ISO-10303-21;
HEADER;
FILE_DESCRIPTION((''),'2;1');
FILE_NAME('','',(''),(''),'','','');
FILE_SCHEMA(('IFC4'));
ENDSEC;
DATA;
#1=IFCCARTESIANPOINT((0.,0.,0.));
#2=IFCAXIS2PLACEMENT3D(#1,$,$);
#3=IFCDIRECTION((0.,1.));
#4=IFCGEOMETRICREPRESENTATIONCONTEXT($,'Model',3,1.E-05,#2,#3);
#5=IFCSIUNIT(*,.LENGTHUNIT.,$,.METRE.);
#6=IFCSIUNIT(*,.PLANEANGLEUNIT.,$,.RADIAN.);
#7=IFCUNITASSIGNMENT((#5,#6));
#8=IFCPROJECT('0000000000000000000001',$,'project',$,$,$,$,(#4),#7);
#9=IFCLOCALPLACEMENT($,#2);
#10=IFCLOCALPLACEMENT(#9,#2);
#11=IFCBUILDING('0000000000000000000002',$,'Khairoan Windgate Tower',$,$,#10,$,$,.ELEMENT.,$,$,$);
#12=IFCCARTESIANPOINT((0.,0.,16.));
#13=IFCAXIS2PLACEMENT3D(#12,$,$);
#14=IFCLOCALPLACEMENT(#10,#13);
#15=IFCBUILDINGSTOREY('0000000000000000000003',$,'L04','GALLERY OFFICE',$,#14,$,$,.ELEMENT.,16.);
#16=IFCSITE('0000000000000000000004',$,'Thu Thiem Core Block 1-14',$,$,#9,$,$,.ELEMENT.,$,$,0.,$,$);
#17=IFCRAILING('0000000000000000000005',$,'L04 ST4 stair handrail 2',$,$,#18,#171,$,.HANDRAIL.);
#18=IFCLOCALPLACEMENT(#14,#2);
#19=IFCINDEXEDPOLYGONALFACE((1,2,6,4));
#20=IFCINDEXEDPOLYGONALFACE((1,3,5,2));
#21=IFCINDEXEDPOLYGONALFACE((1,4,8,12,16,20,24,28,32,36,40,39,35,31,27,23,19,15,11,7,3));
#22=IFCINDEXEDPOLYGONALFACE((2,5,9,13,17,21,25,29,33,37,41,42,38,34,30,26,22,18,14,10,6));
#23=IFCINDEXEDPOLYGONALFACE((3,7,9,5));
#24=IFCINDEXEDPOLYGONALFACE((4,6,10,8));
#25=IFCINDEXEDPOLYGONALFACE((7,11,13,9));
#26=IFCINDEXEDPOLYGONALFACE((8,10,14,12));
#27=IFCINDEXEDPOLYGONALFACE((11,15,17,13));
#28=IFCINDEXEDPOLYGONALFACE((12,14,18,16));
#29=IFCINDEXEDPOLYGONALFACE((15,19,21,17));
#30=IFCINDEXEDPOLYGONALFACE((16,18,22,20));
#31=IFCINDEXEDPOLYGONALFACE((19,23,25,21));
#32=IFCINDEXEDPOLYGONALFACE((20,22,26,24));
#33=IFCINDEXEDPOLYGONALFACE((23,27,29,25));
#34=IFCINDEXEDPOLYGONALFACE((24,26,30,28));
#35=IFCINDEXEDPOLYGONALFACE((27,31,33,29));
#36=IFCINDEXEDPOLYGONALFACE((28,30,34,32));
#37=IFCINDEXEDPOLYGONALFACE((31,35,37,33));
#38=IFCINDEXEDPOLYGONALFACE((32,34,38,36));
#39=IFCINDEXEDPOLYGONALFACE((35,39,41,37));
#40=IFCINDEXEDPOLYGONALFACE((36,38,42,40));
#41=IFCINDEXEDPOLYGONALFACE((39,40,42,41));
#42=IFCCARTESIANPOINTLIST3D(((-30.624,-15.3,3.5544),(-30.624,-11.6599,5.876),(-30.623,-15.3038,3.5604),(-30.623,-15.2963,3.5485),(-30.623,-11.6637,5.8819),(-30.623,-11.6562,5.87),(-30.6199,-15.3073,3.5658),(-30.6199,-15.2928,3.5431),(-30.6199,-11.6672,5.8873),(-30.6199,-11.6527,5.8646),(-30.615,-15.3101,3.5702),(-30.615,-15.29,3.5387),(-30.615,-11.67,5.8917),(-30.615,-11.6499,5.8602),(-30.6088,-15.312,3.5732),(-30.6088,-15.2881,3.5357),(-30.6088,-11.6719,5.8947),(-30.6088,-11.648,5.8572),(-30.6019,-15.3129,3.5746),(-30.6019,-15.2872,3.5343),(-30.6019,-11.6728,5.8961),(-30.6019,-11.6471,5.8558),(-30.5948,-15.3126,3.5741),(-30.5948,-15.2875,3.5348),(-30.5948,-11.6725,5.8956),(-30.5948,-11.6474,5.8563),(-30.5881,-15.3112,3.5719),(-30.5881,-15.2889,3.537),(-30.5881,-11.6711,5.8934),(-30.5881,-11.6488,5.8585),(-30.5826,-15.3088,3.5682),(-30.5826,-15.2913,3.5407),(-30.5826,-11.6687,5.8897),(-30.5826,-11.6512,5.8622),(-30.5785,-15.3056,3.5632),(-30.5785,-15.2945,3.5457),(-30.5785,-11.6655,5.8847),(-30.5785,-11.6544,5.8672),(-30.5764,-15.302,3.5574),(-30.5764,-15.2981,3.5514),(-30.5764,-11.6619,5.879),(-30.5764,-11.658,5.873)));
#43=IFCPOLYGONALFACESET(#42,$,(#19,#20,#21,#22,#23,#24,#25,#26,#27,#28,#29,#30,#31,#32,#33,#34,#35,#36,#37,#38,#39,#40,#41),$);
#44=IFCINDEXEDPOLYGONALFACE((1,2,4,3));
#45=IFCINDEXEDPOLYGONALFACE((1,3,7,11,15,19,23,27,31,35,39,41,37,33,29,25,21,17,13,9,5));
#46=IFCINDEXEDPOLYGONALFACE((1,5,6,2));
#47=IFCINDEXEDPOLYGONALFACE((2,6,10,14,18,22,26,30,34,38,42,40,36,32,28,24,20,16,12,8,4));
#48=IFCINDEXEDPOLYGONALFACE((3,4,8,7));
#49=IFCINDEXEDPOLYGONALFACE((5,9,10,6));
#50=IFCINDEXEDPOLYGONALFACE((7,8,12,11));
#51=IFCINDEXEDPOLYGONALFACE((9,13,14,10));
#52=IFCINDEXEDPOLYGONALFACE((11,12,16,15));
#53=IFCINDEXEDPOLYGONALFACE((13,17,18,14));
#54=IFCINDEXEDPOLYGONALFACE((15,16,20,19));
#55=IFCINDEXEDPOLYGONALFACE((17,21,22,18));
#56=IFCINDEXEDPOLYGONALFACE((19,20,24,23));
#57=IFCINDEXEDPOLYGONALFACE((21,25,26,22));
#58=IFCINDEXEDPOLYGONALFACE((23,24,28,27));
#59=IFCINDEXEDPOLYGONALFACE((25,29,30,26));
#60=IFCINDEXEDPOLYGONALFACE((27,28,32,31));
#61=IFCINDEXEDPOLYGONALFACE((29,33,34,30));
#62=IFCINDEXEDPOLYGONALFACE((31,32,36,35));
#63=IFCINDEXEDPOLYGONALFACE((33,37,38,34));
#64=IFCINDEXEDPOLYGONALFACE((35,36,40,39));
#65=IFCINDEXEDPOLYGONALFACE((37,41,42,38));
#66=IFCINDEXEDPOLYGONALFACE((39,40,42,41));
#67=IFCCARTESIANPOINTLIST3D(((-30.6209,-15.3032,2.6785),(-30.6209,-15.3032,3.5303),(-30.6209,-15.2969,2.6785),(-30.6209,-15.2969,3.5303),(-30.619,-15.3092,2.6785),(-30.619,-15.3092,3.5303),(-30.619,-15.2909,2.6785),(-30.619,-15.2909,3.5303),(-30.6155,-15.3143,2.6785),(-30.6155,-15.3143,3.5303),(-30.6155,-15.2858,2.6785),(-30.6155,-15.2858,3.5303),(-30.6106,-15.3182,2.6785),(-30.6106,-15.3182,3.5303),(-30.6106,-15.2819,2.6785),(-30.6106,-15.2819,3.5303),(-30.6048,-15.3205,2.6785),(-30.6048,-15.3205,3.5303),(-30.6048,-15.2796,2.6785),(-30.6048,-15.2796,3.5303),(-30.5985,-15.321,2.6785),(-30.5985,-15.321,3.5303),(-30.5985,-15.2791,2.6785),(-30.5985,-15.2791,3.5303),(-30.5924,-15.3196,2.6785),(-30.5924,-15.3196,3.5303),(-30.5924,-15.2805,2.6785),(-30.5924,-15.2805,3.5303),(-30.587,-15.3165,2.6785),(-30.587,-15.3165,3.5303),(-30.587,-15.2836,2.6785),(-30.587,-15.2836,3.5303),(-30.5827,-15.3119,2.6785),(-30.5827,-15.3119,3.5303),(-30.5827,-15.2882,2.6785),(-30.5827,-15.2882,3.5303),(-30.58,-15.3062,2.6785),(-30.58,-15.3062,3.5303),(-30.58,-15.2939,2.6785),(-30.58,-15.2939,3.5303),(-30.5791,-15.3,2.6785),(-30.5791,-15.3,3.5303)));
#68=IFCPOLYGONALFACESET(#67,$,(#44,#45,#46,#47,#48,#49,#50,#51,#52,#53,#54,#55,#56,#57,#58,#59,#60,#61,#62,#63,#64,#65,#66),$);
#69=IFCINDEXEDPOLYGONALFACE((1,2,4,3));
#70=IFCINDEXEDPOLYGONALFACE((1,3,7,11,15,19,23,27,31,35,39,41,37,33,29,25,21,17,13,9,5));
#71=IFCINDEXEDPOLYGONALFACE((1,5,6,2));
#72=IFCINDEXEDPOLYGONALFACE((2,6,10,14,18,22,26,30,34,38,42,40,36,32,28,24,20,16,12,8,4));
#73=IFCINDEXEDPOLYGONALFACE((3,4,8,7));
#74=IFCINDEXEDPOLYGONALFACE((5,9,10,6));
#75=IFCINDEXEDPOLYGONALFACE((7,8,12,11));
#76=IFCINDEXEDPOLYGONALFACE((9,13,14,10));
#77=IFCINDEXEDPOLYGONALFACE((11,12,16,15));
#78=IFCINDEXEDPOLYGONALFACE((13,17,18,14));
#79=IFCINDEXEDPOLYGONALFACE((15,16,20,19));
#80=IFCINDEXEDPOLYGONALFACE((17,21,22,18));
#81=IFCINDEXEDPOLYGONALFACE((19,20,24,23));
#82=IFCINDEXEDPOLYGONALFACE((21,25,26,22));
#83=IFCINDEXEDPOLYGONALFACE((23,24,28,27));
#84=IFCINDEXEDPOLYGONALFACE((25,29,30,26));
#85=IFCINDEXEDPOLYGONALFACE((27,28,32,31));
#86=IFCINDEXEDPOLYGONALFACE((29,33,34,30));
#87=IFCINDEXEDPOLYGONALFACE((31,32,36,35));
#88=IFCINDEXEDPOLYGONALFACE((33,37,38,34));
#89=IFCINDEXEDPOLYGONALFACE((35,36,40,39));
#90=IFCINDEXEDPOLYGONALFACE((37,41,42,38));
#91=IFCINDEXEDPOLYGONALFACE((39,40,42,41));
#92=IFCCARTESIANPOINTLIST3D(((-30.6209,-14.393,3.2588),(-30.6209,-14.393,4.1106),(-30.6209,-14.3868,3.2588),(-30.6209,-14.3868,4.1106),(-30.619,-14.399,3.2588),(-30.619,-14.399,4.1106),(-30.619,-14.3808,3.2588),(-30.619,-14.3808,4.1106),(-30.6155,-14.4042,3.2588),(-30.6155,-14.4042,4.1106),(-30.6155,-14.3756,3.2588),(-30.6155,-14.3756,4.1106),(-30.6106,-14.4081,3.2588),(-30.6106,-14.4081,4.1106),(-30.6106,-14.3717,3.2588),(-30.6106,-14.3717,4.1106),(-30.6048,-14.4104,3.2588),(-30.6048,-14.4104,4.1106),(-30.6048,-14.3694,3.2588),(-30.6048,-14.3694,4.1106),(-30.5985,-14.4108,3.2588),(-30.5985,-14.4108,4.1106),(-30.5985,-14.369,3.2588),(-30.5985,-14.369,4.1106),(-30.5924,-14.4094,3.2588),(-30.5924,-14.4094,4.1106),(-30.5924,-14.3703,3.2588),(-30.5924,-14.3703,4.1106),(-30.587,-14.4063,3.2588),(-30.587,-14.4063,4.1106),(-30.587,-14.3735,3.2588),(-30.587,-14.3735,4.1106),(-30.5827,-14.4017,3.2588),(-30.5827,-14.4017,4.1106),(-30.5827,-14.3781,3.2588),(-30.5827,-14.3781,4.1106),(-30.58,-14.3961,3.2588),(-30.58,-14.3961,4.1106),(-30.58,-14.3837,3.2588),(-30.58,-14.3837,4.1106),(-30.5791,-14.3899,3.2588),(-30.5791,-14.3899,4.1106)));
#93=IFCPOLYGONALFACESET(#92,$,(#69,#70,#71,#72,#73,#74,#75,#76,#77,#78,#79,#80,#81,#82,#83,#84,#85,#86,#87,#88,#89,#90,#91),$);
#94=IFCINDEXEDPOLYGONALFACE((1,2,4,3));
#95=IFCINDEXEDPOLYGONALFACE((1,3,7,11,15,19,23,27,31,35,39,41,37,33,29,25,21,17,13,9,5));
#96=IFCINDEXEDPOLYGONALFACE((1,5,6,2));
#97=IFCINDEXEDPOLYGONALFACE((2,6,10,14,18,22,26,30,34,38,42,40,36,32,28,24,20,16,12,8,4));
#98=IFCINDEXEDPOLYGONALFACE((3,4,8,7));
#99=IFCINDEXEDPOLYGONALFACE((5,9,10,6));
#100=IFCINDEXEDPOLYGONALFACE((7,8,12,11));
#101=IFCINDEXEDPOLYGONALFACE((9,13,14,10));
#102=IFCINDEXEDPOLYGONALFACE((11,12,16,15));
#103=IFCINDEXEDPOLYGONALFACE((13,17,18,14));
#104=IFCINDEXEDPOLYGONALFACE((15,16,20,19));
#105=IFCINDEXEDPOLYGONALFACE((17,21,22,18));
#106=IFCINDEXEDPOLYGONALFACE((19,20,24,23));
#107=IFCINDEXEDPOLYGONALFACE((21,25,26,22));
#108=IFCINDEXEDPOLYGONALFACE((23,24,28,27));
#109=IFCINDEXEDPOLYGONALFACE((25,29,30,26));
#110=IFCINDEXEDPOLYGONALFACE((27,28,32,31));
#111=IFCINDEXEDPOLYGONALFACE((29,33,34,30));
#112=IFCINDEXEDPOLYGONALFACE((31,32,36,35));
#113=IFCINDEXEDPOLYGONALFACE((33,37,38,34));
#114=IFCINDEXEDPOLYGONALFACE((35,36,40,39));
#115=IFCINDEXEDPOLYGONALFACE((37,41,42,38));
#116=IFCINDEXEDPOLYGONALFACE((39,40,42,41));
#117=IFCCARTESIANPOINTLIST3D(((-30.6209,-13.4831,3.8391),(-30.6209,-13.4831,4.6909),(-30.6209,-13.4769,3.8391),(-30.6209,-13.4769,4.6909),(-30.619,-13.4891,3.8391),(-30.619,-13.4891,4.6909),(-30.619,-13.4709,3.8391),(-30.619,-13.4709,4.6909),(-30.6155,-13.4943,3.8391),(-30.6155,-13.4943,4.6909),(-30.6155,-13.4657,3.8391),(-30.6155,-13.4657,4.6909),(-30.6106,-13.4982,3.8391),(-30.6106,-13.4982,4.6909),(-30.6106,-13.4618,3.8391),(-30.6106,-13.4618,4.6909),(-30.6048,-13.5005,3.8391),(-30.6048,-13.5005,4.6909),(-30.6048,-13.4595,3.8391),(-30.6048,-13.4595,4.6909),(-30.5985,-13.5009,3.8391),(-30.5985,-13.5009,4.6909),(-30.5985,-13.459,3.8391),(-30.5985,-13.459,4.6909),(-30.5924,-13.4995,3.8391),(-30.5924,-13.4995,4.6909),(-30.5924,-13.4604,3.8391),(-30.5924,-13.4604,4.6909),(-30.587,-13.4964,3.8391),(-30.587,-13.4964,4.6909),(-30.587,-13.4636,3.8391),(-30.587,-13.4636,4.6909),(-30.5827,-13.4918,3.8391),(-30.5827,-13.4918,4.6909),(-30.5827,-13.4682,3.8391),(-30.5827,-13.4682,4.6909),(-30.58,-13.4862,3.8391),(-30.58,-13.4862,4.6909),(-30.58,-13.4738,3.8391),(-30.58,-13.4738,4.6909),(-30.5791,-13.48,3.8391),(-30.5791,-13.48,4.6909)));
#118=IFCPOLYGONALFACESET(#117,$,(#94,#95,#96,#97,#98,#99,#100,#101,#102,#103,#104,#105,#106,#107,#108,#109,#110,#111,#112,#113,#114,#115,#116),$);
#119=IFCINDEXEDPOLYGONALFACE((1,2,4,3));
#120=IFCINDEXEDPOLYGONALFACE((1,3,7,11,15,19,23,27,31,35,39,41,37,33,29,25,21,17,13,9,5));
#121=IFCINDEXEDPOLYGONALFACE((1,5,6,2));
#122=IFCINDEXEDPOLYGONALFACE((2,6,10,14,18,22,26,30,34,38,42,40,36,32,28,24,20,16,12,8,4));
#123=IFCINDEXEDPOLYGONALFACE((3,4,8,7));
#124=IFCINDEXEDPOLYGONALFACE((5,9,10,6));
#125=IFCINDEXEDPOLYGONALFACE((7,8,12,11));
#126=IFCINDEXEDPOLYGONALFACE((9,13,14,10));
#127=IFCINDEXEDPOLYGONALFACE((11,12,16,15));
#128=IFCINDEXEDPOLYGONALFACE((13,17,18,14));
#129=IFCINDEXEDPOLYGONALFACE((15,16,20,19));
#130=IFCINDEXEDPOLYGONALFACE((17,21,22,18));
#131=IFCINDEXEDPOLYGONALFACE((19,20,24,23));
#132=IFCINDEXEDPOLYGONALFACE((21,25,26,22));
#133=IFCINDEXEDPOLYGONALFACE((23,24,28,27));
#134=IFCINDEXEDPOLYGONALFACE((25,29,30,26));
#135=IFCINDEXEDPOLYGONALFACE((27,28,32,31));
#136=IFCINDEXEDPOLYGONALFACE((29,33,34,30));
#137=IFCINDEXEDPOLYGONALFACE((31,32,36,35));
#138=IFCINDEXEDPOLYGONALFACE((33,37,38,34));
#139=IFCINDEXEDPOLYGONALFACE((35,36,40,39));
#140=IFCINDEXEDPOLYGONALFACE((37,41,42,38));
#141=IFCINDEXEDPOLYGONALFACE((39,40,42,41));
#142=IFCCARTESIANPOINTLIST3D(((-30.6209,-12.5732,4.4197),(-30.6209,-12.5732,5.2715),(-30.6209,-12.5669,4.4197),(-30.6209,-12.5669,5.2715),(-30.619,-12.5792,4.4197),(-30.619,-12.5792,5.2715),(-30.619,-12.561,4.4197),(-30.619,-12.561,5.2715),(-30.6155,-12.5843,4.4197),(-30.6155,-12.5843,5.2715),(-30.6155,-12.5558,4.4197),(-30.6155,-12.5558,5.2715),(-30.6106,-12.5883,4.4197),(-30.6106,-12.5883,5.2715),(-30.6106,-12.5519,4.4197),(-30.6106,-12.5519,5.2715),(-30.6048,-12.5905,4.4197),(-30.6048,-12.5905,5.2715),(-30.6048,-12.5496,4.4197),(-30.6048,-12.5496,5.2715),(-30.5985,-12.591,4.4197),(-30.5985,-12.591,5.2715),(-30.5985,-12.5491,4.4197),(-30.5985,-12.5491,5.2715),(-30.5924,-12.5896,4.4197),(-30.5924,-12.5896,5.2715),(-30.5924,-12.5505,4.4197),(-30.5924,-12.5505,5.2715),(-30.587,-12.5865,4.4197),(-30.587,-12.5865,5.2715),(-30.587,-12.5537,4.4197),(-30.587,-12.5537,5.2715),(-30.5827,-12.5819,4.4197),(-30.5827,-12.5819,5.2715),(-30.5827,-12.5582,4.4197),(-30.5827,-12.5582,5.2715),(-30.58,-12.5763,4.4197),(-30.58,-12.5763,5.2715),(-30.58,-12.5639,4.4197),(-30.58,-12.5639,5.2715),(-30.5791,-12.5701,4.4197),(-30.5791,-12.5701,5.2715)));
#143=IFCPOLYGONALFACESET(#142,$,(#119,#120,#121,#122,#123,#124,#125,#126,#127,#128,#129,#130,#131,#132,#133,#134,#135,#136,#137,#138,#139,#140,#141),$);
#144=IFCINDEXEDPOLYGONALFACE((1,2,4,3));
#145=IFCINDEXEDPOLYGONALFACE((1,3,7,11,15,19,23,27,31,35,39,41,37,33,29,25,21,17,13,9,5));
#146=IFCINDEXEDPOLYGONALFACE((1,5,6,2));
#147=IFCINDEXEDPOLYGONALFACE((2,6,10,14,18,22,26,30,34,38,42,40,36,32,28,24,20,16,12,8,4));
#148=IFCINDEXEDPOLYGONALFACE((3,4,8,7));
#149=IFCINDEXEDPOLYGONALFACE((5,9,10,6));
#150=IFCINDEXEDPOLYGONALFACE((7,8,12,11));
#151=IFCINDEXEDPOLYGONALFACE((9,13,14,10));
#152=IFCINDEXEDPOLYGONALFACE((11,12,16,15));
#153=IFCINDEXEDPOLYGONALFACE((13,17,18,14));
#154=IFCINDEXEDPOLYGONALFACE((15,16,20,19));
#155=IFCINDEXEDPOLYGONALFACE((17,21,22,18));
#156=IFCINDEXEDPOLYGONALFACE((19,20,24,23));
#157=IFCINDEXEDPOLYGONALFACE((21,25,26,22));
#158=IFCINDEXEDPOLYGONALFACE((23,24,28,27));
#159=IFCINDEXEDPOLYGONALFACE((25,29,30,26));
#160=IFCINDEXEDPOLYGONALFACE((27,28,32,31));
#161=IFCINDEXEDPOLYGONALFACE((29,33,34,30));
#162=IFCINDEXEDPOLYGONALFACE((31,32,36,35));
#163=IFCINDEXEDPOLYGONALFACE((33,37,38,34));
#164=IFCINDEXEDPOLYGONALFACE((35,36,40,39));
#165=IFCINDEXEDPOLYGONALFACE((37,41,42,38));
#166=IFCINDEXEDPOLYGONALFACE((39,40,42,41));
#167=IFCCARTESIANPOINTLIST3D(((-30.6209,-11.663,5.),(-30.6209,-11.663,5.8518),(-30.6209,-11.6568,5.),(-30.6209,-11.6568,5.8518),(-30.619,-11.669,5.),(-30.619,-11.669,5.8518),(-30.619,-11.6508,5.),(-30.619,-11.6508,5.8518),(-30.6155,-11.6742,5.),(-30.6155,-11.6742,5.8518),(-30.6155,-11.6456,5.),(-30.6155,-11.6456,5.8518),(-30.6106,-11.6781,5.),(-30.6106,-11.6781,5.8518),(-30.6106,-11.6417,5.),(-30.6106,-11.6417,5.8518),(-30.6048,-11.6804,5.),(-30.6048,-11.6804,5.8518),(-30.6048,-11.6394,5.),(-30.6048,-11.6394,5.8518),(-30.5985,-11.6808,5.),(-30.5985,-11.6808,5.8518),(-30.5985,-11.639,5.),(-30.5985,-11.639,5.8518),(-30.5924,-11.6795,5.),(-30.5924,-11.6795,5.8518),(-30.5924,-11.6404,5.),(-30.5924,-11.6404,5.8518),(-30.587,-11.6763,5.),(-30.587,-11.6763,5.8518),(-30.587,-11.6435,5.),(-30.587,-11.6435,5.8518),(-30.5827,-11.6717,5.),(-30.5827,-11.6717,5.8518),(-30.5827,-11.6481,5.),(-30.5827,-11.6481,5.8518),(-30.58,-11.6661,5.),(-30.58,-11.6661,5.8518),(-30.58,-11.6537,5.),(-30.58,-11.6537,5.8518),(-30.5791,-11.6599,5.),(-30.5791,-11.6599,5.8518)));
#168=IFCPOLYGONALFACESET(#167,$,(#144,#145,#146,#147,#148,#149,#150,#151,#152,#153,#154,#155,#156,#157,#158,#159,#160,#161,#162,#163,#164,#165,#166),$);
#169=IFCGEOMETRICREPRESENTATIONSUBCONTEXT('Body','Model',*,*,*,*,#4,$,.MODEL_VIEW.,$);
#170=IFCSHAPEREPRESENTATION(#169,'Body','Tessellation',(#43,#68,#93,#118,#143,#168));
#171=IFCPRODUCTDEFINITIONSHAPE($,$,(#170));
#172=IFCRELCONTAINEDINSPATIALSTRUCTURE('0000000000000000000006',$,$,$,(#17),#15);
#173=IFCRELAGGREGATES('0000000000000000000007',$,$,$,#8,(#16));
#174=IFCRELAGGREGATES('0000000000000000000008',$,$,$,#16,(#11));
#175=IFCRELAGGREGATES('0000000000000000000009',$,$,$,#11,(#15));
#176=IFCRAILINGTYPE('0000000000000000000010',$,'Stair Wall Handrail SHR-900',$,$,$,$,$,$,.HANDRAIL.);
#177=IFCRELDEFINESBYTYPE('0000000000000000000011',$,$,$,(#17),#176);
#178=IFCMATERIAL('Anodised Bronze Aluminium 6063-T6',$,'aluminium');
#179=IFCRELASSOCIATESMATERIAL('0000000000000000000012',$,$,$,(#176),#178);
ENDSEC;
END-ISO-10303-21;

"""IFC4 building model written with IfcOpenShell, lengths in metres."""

from ifc_helpers import new_model, si_unit, direction, frame, origin, origin_2d, place, context, subcontext, project, spatial, circle, extrude, material, type_object, element, save


model = new_model("IFC4")

# Units and contexts
model_context = context("Model", 3, precision=1e-05, world=origin(), true_north=direction((0.0, 1.0)))
body_context = subcontext(model_context, "Body", "Model", "MODEL_VIEW")
ifc_project = project(units=[si_unit("LENGTHUNIT", "METRE"), si_unit("PLANEANGLEUNIT", "RADIAN")], contexts=[model_context])

# Site, building, storey
site_placement = place(None, origin())
site = spatial("IfcSite", under=ifc_project, at=site_placement, Name="Thu Thiem Core Block 1-14", CompositionType="ELEMENT", RefElevation=0.0)
building_placement = place(site_placement, origin())
building = spatial("IfcBuilding", under=site, at=building_placement, Name="Khairoan Windgate Tower", CompositionType="ELEMENT")
storey_placement = place(building_placement, frame((0.0, 0.0, 16.0)))
storey = spatial("IfcBuildingStorey", under=building, at=storey_placement, Name="L04", Description="GALLERY OFFICE", CompositionType="ELEMENT", Elevation=16.0)

# Railing
ifc_material_1 = material(Name="Anodised Bronze Aluminium 6063-T6", Category="aluminium")
railing_type_1 = type_object("IfcRailingType", Name="Stair Wall Handrail SHR-900", PredefinedType="HANDRAIL", material=ifc_material_1)
railing_1_placement = place(storey_placement, frame((-30.6001, -15.3, 2.6785)))
element("IfcRailing", 1, at=railing_1_placement, inside=storey, type_object=railing_type_1, Name="L04 ST4 stair handrail 2", PredefinedType="HANDRAIL", context=body_context, shape_type="SweptSolid", body=[
    extrude(circle(Radius=0.0239, at=origin_2d()), frame((0.0, 0.0, 0.876), z_axis=(0.0, 0.843128, 0.537713), x_axis=(-1.0, 0.0, 0.0)), (0.0, 0.0, 1.0), 4.3174),
    extrude(circle(Radius=0.021, at=origin_2d()), origin(), (0.0, 0.0, 1.0), 0.8518),
    extrude(circle(Radius=0.021, at=origin_2d()), frame((0.0, 0.9102, 0.5803)), (0.0, 0.0, 1.0), 0.8518),
    extrude(circle(Radius=0.021, at=origin_2d()), frame((0.0, 1.8201, 1.1606)), (0.0, 0.0, 1.0), 0.8518),
    extrude(circle(Radius=0.021, at=origin_2d()), frame((0.0, 2.73, 1.7412)), (0.0, 0.0, 1.0), 0.8518),
    extrude(circle(Radius=0.021, at=origin_2d()), frame((0.0, 3.6401, 2.3215)), (0.0, 0.0, 1.0), 0.8518),
])

save(model, "model.ifc")
